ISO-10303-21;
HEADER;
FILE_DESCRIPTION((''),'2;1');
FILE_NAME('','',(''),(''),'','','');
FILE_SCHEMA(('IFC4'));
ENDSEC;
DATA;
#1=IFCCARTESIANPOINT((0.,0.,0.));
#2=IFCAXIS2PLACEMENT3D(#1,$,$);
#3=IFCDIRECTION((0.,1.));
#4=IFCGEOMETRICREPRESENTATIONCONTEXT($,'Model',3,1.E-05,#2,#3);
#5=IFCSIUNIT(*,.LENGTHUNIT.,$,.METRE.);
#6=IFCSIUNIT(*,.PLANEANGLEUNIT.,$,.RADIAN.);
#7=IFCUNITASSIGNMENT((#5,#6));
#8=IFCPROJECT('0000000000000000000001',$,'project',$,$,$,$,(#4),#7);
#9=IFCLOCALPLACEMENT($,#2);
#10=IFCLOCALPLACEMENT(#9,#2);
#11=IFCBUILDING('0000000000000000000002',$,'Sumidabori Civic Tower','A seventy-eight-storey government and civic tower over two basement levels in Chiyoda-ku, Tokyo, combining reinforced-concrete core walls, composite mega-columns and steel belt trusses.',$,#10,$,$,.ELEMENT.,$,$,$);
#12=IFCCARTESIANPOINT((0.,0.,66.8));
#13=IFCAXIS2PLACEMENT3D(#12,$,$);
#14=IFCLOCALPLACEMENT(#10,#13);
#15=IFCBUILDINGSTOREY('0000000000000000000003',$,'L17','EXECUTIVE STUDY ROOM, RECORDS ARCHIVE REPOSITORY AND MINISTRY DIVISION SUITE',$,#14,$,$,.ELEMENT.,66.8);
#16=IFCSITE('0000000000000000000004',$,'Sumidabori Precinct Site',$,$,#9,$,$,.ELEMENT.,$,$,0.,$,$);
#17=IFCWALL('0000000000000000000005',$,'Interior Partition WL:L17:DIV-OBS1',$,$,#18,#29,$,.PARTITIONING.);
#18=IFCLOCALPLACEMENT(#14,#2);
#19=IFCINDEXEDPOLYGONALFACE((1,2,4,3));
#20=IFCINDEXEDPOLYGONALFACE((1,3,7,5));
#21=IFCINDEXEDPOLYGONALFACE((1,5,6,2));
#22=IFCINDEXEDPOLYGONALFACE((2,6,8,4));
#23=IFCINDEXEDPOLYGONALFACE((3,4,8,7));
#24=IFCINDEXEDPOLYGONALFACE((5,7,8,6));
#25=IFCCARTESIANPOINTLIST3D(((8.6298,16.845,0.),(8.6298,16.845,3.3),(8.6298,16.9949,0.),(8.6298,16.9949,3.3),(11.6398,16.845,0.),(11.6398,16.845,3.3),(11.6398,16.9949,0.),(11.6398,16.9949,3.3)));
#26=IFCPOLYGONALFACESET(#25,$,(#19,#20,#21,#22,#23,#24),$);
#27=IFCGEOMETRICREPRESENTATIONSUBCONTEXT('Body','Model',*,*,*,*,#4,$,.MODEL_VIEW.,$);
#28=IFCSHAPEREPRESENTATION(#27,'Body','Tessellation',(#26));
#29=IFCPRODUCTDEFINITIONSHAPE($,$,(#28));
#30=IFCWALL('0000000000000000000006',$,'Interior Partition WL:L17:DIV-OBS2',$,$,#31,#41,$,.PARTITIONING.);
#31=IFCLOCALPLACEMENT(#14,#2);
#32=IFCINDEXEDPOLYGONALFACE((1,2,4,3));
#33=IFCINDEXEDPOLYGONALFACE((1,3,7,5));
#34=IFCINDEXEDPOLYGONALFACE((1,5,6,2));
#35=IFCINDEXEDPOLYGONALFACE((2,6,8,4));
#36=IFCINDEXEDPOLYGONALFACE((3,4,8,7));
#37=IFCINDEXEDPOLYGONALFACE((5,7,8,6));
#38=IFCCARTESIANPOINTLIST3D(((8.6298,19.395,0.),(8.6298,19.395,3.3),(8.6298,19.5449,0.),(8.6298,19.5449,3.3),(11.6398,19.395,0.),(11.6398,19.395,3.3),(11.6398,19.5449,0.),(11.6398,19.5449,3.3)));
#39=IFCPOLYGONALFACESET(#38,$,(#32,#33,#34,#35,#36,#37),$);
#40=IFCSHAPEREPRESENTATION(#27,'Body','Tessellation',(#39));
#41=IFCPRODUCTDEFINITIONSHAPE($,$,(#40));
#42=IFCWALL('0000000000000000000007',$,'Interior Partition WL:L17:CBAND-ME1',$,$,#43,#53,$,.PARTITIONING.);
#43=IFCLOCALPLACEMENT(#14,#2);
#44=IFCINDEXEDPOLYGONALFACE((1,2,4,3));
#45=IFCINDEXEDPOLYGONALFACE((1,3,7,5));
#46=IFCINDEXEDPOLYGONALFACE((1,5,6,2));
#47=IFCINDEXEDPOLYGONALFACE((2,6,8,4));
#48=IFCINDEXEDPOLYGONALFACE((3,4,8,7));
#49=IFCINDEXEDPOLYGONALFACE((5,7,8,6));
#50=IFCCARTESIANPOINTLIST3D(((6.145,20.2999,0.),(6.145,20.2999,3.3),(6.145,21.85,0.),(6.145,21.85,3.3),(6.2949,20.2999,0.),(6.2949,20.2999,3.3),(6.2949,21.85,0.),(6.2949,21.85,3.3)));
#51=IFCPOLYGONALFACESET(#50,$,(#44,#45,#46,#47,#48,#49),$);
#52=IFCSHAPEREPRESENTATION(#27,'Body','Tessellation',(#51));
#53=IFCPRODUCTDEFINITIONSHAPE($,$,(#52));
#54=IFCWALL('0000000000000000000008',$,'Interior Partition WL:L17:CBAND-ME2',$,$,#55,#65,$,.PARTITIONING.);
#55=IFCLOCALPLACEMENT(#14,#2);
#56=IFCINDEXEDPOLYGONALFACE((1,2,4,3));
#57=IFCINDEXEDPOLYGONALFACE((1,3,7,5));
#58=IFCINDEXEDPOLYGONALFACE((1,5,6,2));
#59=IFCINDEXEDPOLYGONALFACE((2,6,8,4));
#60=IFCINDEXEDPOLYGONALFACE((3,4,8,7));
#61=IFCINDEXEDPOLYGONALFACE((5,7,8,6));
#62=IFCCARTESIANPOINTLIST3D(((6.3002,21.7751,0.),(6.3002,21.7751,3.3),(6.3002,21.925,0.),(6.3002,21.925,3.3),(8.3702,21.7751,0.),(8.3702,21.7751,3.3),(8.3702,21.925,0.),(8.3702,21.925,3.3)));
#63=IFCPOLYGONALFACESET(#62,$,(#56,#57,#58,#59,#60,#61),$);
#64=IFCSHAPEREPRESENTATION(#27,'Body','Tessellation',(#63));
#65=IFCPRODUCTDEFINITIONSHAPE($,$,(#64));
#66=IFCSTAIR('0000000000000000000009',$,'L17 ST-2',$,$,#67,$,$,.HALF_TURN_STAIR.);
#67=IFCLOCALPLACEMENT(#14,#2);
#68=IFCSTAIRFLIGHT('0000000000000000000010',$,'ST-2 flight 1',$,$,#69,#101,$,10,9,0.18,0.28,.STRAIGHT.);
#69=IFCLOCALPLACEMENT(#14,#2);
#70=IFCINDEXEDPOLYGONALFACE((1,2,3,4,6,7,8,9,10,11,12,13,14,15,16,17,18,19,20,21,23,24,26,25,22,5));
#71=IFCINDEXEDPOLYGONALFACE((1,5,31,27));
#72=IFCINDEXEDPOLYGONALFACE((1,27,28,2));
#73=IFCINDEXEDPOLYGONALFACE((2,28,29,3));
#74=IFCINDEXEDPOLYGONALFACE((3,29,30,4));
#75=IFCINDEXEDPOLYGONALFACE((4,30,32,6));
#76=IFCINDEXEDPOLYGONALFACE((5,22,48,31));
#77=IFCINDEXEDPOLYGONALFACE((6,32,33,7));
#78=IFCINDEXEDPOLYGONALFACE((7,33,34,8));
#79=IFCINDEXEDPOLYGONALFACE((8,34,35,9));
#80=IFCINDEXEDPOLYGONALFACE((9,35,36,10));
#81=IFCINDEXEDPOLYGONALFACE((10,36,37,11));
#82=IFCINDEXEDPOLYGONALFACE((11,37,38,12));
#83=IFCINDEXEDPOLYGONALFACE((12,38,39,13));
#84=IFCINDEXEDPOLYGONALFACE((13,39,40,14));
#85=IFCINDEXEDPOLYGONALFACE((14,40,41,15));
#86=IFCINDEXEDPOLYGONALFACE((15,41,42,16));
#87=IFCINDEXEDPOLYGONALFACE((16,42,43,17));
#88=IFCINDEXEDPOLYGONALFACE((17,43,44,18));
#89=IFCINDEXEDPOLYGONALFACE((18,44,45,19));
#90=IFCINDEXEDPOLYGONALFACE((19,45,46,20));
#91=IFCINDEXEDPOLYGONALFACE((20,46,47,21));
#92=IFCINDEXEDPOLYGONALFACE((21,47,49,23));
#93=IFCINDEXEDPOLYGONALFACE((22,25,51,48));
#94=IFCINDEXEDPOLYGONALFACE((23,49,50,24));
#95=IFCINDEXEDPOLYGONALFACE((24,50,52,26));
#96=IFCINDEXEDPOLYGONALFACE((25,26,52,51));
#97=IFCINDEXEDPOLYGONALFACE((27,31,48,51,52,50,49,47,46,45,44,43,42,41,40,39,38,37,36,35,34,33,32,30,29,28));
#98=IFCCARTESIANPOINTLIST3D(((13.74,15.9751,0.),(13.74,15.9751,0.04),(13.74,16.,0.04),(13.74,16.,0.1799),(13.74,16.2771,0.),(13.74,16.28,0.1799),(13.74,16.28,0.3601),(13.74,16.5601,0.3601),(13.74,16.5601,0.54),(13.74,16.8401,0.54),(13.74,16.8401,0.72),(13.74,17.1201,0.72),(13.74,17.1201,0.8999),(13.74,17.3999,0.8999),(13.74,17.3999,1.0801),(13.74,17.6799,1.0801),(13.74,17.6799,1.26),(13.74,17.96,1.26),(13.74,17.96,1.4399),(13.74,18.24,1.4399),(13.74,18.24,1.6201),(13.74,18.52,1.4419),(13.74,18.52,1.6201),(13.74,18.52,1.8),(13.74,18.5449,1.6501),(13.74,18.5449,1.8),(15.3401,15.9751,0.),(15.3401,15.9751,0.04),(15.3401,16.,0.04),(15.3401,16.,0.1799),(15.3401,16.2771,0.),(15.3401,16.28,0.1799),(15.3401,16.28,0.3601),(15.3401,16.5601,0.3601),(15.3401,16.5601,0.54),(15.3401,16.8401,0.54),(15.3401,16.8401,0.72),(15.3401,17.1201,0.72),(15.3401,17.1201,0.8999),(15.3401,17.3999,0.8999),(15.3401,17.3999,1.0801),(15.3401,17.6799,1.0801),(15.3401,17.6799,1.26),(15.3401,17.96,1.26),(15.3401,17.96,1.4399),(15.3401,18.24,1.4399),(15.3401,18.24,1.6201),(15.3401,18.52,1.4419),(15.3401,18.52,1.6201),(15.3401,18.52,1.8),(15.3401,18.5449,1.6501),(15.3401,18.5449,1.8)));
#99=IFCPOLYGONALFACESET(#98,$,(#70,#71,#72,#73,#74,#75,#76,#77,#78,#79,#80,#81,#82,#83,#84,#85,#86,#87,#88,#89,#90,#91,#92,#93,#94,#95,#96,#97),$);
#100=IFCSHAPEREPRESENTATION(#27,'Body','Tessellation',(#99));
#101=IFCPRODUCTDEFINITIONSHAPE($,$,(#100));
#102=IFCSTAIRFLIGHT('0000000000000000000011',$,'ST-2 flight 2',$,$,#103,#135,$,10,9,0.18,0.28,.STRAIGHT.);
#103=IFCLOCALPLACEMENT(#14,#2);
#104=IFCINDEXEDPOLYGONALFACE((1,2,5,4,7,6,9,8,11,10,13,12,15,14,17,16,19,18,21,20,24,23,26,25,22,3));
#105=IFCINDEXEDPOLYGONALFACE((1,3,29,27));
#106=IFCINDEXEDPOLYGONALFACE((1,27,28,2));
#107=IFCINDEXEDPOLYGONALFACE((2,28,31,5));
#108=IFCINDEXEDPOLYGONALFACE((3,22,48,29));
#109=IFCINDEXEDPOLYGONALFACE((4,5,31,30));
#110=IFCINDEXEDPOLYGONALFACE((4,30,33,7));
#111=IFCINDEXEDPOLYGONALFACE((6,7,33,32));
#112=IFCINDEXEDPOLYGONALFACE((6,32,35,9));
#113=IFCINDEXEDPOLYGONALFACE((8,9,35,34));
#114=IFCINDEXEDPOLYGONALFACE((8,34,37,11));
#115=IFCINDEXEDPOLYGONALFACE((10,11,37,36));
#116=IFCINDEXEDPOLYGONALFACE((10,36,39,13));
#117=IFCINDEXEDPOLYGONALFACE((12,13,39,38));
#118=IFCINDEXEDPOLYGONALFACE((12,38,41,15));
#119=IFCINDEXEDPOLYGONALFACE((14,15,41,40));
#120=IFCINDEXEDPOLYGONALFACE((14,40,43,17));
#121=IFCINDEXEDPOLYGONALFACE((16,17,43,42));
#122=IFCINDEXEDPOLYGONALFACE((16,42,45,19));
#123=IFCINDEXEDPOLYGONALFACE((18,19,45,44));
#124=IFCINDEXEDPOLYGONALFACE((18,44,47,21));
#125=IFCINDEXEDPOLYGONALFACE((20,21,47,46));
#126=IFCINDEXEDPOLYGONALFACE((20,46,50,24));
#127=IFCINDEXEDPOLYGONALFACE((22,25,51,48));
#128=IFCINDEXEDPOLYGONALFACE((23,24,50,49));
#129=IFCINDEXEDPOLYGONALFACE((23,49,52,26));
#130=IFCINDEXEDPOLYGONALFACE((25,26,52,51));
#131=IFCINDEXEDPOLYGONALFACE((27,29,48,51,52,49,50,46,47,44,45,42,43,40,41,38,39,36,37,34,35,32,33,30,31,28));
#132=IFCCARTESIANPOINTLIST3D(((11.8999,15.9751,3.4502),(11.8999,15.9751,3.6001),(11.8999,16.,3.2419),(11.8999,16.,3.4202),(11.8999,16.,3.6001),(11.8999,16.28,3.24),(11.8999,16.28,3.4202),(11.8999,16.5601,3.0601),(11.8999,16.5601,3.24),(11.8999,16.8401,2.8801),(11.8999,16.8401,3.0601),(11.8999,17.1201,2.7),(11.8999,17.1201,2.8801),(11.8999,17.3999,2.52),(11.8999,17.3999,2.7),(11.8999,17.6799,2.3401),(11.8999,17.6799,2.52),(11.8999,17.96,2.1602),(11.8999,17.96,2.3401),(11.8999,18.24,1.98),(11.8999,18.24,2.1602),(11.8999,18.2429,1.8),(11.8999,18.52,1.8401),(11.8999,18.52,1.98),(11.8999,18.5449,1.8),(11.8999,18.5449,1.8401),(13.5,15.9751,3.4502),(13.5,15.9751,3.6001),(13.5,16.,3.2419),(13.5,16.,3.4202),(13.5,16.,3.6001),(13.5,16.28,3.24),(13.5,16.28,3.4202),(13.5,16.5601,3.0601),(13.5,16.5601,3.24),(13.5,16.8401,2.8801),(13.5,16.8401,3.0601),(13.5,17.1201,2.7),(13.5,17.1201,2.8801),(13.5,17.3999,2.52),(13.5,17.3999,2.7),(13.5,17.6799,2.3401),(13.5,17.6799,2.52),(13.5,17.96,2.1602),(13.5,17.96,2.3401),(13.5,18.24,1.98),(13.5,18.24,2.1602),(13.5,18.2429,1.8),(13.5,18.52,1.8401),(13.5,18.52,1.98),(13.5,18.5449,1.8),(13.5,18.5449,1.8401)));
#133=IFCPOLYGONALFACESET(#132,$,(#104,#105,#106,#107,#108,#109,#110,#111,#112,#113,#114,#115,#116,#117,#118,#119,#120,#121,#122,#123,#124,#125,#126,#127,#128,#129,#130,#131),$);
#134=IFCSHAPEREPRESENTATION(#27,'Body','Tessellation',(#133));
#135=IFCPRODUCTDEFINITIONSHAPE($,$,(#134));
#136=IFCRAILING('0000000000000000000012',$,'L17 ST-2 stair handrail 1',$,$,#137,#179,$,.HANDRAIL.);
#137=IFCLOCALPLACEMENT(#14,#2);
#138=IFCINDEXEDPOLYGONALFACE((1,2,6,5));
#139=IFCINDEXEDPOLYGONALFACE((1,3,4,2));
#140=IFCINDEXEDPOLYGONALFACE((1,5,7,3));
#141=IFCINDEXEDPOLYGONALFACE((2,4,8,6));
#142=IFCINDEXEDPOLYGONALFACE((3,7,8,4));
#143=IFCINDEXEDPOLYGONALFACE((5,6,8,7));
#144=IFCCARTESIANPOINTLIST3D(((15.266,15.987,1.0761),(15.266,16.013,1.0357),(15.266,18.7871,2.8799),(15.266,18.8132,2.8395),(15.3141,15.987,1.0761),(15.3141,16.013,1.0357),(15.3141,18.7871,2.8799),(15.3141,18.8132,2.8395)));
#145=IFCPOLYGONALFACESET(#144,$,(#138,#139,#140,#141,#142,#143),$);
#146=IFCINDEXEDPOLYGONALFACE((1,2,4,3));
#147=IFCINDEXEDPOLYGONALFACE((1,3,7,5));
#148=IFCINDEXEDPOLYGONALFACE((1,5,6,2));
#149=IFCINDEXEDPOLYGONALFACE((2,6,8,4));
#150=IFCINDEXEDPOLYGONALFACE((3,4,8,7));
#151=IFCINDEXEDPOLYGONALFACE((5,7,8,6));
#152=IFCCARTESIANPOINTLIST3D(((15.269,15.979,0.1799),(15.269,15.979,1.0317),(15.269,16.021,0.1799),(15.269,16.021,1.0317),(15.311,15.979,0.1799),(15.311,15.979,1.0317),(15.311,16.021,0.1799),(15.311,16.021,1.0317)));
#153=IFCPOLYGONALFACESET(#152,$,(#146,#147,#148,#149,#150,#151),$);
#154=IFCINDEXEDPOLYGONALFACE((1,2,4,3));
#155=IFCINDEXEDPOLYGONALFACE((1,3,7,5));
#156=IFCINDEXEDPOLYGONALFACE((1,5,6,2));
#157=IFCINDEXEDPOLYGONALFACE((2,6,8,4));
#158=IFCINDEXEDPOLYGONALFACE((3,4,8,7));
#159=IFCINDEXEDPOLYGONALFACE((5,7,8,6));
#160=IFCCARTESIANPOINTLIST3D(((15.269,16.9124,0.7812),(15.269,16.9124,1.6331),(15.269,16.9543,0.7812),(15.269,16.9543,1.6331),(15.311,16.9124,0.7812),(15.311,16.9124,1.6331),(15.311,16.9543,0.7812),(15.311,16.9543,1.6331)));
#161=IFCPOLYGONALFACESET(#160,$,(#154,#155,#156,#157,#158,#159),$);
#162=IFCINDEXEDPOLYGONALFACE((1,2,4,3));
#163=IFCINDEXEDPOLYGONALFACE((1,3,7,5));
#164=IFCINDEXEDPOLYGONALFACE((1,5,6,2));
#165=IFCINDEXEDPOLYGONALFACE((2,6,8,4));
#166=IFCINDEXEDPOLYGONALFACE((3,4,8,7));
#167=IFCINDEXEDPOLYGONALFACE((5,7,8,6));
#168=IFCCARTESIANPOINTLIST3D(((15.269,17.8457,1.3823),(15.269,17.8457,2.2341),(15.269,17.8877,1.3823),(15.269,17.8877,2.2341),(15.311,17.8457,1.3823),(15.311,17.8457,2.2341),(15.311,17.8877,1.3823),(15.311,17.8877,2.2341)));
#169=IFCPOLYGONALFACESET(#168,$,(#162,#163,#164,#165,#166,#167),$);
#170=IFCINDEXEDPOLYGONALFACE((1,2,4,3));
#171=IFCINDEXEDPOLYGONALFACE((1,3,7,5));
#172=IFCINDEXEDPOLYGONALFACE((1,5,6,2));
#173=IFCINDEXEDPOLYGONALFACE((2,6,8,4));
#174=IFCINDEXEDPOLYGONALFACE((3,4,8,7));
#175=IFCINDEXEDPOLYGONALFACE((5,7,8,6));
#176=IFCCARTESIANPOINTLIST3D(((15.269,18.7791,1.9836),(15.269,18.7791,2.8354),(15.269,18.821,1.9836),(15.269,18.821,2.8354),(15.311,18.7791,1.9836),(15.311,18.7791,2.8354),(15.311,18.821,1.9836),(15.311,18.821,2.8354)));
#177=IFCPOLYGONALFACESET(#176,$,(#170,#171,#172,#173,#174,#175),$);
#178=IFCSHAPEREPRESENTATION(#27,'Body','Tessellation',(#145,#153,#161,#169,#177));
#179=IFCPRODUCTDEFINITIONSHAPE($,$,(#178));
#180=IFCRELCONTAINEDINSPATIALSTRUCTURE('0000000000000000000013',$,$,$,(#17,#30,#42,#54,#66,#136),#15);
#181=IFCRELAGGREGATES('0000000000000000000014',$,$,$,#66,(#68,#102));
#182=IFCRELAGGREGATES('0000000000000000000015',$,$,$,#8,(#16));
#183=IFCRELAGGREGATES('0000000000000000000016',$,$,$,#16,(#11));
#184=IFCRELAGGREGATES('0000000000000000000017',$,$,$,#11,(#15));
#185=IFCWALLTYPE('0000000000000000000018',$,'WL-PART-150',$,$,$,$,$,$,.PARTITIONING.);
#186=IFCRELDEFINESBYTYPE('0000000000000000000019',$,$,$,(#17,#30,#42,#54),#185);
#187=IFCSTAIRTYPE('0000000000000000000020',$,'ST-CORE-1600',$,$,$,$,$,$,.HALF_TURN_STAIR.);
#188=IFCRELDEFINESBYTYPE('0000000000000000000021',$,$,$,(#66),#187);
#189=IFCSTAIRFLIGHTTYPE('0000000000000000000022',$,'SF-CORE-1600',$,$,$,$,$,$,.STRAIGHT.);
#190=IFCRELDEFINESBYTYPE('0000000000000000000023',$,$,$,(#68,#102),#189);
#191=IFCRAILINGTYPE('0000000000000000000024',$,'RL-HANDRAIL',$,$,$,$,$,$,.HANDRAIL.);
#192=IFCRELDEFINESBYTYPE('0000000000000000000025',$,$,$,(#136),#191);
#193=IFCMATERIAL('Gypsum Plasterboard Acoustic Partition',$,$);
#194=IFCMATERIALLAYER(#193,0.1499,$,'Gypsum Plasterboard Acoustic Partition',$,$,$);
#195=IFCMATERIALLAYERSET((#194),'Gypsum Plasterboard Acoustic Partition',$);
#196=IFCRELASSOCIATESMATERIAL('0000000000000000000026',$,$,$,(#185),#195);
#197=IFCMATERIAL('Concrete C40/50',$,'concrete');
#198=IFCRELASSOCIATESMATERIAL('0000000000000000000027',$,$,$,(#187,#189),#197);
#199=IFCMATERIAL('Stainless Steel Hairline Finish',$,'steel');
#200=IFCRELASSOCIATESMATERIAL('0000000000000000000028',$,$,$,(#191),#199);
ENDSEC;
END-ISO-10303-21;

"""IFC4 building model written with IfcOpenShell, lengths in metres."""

from ifc_helpers import new_model, si_unit, direction, frame, frame_2d, origin, origin_2d, place, context, subcontext, project, spatial, polyline, rectangle, outline, extrude, source, transform, mapped, material, layer, layer_set, type_object, element, aggregate, save


model = new_model("IFC4")

# Units and contexts
model_context = context("Model", 3, precision=1e-05, world=origin(), true_north=direction((0.0, 1.0)))
body_context = subcontext(model_context, "Body", "Model", "MODEL_VIEW")
ifc_project = project(units=[si_unit("LENGTHUNIT", "METRE"), si_unit("PLANEANGLEUNIT", "RADIAN")], contexts=[model_context])

# Site, building, storey
site_placement = place(None, origin())
site = spatial("IfcSite", under=ifc_project, at=site_placement, Name="Sumidabori Precinct Site", CompositionType="ELEMENT", RefElevation=0.0)
building_placement = place(site_placement, origin())
building = spatial("IfcBuilding", under=site, at=building_placement, Name="Sumidabori Civic Tower", Description="A seventy-eight-storey government and civic tower over two basement levels in Chiyoda-ku, Tokyo, combining reinforced-concrete core walls, composite mega-columns and steel belt trusses.", CompositionType="ELEMENT")
storey_placement = place(building_placement, frame((0.0, 0.0, 66.8)))
storey = spatial("IfcBuildingStorey", under=building, at=storey_placement, Name="L17", Description="EXECUTIVE STUDY ROOM, RECORDS ARCHIVE REPOSITORY AND MINISTRY DIVISION SUITE", CompositionType="ELEMENT", Elevation=66.8)

# Walls
ifc_material_1 = material(Name="Gypsum Plasterboard Acoustic Partition")
ifc_layer_1 = layer(ifc_material_1, 0.1499, Name="Gypsum Plasterboard Acoustic Partition")
ifc_layer_set_1 = layer_set([ifc_layer_1], Name="Gypsum Plasterboard Acoustic Partition")
wall_type_1 = type_object("IfcWallType", Name="WL-PART-150", PredefinedType="PARTITIONING", material=ifc_layer_set_1)
shared_shape_1 = source(origin(), body_context, "Body", "SweptSolid", [
    extrude(rectangle(XDim=3.01, YDim=0.1499, at=frame_2d((1.5049, 0.0))), origin(), (0.0, 0.0, 1.0), 3.3),
])
for number, where, z_axis, x_axis, name in (
    (1, (8.6299, 16.9199, 0.0), (0.0, 0.0, 1.0), (1.0, 0.0, 0.0), "Interior Partition WL:L17:DIV-OBS1"),
    (2, (8.6299, 19.47, 0.0), (0.0, 0.0, 1.0), (1.0, 0.0, 0.0), "Interior Partition WL:L17:DIV-OBS2"),
):
    element("IfcWall", number, at=place(storey_placement, frame(where, z_axis=z_axis, x_axis=x_axis)), inside=storey, type_object=wall_type_1, Name=name, PredefinedType="PARTITIONING", context=body_context, shape_type="MappedRepresentation", body=[
        mapped(shared_shape_1, transform((0.0, 0.0, 0.0), x_axis=(1.0, 0.0, 0.0), y_axis=(0.0, 1.0, 0.0), z_axis=(0.0, 0.0, 1.0), scale=1.0)),
    ])
shared_shape_2 = source(origin(), body_context, "Body", "SweptSolid", [
    extrude(rectangle(XDim=1.55, YDim=0.1499, at=frame_2d((0.7749, 0.0))), origin(), (0.0, 0.0, 1.0), 3.3),
])
wall_1_placement = place(storey_placement, frame((6.22, 20.3, 0.0), z_axis=(0.0, 0.0, 1.0), x_axis=(0.0, 1.0, 0.0)))
element("IfcWall", 3, at=wall_1_placement, inside=storey, type_object=wall_type_1, Name="Interior Partition WL:L17:CBAND-ME1", PredefinedType="PARTITIONING", context=body_context, shape_type="MappedRepresentation", body=[
    mapped(shared_shape_2, transform((0.0, 0.0, 0.0), x_axis=(1.0, 0.0, 0.0), y_axis=(0.0, 1.0, 0.0), z_axis=(0.0, 0.0, 1.0), scale=1.0)),
])
shared_shape_3 = source(origin(), body_context, "Body", "SweptSolid", [
    extrude(rectangle(XDim=2.0701, YDim=0.1499, at=frame_2d((1.0352, 0.0))), origin(), (0.0, 0.0, 1.0), 3.3),
])
wall_2_placement = place(storey_placement, frame((6.3, 21.8501, 0.0), z_axis=(0.0, 0.0, 1.0), x_axis=(1.0, 0.0, 0.0)))
element("IfcWall", 4, at=wall_2_placement, inside=storey, type_object=wall_type_1, Name="Interior Partition WL:L17:CBAND-ME2", PredefinedType="PARTITIONING", context=body_context, shape_type="MappedRepresentation", body=[
    mapped(shared_shape_3, transform((0.0, 0.0, 0.0), x_axis=(1.0, 0.0, 0.0), y_axis=(0.0, 1.0, 0.0), z_axis=(0.0, 0.0, 1.0), scale=1.0)),
])

# Stair, stair flights
ifc_material_2 = material(Name="Concrete C40/50", Category="concrete")
stair_type = type_object("IfcStairType", Name="ST-CORE-1600", PredefinedType="HALF_TURN_STAIR", material=ifc_material_2)
stair_placement = place(storey_placement, origin())
stair = element("IfcStair", 5, at=stair_placement, inside=storey, type_object=stair_type, Name="L17 ST-2", PredefinedType="HALF_TURN_STAIR")
stair_flight_type = type_object("IfcStairFlightType", Name="SF-CORE-1600", PredefinedType="STRAIGHT", material=ifc_material_2)
shared_shape_4 = source(origin(), body_context, "Body", "SweptSolid", [
    extrude(outline(polyline([(-0.0249, 0.0), (-0.0249, 0.04), (0.0, 0.04), (0.0, 0.1799), (0.28, 0.1799), (0.28, 0.3601), (0.5601, 0.3601), (0.5601, 0.54), (0.8401, 0.54), (0.8401, 0.72), (1.1201, 0.72), (1.1201, 0.8999), (1.3999, 0.8999), (1.3999, 1.0801), (1.6799, 1.0801), (1.6799, 1.26), (1.96, 1.26), (1.96, 1.4399), (2.24, 1.4399), (2.24, 1.6201), (2.52, 1.6201), (2.52, 1.8), (2.5449, 1.8), (2.5449, 1.6501), (2.52, 1.4419), (0.2771, 0.0), (-0.0249, 0.0)])), frame((0.0, 0.8, 0.0), z_axis=(0.0, -1.0, 0.0), x_axis=(1.0, 0.0, 0.0)), (0.0, 0.0, 1.0), 1.6001),
])
stair_flight_1_placement = place(storey_placement, frame((14.54, 16.0, 0.0), z_axis=(0.0, 0.0, 1.0), x_axis=(0.0, 1.0, 0.0)))
stair_flight_1 = element("IfcStairFlight", 6, at=stair_flight_1_placement, type_object=stair_flight_type, Name="ST-2 flight 1", NumberOfRisers=10, NumberOfTreads=9, PredefinedType="STRAIGHT", RiserHeight=0.18, TreadLength=0.28, context=body_context, shape_type="MappedRepresentation", body=[
    mapped(shared_shape_4, transform((0.0, 0.0, 0.0), x_axis=(1.0, 0.0, 0.0), y_axis=(0.0, 1.0, 0.0), z_axis=(0.0, 0.0, 1.0), scale=1.0)),
])
stair_flight_2_placement = place(storey_placement, frame((12.7, 18.52, 1.8), z_axis=(0.0, 0.0, 1.0), x_axis=(0.0, -1.0, 0.0)))
stair_flight_2 = element("IfcStairFlight", 7, at=stair_flight_2_placement, type_object=stair_flight_type, Name="ST-2 flight 2", NumberOfRisers=10, NumberOfTreads=9, PredefinedType="STRAIGHT", RiserHeight=0.18, TreadLength=0.28, context=body_context, shape_type="MappedRepresentation", body=[
    mapped(shared_shape_4, transform((0.0, 0.0, 0.0), x_axis=(1.0, 0.0, 0.0), y_axis=(0.0, 1.0, 0.0), z_axis=(0.0, 0.0, 1.0), scale=1.0)),
])
aggregate(stair, [stair_flight_1, stair_flight_2])

# Railing
ifc_material_3 = material(Name="Stainless Steel Hairline Finish", Category="steel")
railing_type_1 = type_object("IfcRailingType", Name="RL-HANDRAIL", PredefinedType="HANDRAIL", material=ifc_material_3)
railing_1_placement = place(storey_placement, frame((15.29, 16.0, 0.1799)))
element("IfcRailing", 8, at=railing_1_placement, inside=storey, type_object=railing_type_1, Name="L17 ST-2 stair handrail 1", PredefinedType="HANDRAIL", context=body_context, shape_type="SweptSolid", body=[
    extrude(rectangle(XDim=0.0481, YDim=0.0481, at=origin_2d()), frame((0.0, 0.0, 0.876), z_axis=(0.0, 0.840676, 0.541539), x_axis=(-1.0, 0.0, 0.0)), (0.0, 0.0, 1.0), 3.3308),
    extrude(rectangle(XDim=0.042, YDim=0.042, at=origin_2d()), origin(), (0.0, 0.0, 1.0), 0.8518),
    extrude(rectangle(XDim=0.042, YDim=0.042, at=origin_2d()), frame((0.0, 0.9333, 0.6013)), (0.0, 0.0, 1.0), 0.8518),
    extrude(rectangle(XDim=0.042, YDim=0.042, at=origin_2d()), frame((0.0, 1.8667, 1.2024)), (0.0, 0.0, 1.0), 0.8518),
    extrude(rectangle(XDim=0.042, YDim=0.042, at=origin_2d()), frame((0.0, 2.8, 1.8037)), (0.0, 0.0, 1.0), 0.8518),
])

save(model, "model.ifc")
